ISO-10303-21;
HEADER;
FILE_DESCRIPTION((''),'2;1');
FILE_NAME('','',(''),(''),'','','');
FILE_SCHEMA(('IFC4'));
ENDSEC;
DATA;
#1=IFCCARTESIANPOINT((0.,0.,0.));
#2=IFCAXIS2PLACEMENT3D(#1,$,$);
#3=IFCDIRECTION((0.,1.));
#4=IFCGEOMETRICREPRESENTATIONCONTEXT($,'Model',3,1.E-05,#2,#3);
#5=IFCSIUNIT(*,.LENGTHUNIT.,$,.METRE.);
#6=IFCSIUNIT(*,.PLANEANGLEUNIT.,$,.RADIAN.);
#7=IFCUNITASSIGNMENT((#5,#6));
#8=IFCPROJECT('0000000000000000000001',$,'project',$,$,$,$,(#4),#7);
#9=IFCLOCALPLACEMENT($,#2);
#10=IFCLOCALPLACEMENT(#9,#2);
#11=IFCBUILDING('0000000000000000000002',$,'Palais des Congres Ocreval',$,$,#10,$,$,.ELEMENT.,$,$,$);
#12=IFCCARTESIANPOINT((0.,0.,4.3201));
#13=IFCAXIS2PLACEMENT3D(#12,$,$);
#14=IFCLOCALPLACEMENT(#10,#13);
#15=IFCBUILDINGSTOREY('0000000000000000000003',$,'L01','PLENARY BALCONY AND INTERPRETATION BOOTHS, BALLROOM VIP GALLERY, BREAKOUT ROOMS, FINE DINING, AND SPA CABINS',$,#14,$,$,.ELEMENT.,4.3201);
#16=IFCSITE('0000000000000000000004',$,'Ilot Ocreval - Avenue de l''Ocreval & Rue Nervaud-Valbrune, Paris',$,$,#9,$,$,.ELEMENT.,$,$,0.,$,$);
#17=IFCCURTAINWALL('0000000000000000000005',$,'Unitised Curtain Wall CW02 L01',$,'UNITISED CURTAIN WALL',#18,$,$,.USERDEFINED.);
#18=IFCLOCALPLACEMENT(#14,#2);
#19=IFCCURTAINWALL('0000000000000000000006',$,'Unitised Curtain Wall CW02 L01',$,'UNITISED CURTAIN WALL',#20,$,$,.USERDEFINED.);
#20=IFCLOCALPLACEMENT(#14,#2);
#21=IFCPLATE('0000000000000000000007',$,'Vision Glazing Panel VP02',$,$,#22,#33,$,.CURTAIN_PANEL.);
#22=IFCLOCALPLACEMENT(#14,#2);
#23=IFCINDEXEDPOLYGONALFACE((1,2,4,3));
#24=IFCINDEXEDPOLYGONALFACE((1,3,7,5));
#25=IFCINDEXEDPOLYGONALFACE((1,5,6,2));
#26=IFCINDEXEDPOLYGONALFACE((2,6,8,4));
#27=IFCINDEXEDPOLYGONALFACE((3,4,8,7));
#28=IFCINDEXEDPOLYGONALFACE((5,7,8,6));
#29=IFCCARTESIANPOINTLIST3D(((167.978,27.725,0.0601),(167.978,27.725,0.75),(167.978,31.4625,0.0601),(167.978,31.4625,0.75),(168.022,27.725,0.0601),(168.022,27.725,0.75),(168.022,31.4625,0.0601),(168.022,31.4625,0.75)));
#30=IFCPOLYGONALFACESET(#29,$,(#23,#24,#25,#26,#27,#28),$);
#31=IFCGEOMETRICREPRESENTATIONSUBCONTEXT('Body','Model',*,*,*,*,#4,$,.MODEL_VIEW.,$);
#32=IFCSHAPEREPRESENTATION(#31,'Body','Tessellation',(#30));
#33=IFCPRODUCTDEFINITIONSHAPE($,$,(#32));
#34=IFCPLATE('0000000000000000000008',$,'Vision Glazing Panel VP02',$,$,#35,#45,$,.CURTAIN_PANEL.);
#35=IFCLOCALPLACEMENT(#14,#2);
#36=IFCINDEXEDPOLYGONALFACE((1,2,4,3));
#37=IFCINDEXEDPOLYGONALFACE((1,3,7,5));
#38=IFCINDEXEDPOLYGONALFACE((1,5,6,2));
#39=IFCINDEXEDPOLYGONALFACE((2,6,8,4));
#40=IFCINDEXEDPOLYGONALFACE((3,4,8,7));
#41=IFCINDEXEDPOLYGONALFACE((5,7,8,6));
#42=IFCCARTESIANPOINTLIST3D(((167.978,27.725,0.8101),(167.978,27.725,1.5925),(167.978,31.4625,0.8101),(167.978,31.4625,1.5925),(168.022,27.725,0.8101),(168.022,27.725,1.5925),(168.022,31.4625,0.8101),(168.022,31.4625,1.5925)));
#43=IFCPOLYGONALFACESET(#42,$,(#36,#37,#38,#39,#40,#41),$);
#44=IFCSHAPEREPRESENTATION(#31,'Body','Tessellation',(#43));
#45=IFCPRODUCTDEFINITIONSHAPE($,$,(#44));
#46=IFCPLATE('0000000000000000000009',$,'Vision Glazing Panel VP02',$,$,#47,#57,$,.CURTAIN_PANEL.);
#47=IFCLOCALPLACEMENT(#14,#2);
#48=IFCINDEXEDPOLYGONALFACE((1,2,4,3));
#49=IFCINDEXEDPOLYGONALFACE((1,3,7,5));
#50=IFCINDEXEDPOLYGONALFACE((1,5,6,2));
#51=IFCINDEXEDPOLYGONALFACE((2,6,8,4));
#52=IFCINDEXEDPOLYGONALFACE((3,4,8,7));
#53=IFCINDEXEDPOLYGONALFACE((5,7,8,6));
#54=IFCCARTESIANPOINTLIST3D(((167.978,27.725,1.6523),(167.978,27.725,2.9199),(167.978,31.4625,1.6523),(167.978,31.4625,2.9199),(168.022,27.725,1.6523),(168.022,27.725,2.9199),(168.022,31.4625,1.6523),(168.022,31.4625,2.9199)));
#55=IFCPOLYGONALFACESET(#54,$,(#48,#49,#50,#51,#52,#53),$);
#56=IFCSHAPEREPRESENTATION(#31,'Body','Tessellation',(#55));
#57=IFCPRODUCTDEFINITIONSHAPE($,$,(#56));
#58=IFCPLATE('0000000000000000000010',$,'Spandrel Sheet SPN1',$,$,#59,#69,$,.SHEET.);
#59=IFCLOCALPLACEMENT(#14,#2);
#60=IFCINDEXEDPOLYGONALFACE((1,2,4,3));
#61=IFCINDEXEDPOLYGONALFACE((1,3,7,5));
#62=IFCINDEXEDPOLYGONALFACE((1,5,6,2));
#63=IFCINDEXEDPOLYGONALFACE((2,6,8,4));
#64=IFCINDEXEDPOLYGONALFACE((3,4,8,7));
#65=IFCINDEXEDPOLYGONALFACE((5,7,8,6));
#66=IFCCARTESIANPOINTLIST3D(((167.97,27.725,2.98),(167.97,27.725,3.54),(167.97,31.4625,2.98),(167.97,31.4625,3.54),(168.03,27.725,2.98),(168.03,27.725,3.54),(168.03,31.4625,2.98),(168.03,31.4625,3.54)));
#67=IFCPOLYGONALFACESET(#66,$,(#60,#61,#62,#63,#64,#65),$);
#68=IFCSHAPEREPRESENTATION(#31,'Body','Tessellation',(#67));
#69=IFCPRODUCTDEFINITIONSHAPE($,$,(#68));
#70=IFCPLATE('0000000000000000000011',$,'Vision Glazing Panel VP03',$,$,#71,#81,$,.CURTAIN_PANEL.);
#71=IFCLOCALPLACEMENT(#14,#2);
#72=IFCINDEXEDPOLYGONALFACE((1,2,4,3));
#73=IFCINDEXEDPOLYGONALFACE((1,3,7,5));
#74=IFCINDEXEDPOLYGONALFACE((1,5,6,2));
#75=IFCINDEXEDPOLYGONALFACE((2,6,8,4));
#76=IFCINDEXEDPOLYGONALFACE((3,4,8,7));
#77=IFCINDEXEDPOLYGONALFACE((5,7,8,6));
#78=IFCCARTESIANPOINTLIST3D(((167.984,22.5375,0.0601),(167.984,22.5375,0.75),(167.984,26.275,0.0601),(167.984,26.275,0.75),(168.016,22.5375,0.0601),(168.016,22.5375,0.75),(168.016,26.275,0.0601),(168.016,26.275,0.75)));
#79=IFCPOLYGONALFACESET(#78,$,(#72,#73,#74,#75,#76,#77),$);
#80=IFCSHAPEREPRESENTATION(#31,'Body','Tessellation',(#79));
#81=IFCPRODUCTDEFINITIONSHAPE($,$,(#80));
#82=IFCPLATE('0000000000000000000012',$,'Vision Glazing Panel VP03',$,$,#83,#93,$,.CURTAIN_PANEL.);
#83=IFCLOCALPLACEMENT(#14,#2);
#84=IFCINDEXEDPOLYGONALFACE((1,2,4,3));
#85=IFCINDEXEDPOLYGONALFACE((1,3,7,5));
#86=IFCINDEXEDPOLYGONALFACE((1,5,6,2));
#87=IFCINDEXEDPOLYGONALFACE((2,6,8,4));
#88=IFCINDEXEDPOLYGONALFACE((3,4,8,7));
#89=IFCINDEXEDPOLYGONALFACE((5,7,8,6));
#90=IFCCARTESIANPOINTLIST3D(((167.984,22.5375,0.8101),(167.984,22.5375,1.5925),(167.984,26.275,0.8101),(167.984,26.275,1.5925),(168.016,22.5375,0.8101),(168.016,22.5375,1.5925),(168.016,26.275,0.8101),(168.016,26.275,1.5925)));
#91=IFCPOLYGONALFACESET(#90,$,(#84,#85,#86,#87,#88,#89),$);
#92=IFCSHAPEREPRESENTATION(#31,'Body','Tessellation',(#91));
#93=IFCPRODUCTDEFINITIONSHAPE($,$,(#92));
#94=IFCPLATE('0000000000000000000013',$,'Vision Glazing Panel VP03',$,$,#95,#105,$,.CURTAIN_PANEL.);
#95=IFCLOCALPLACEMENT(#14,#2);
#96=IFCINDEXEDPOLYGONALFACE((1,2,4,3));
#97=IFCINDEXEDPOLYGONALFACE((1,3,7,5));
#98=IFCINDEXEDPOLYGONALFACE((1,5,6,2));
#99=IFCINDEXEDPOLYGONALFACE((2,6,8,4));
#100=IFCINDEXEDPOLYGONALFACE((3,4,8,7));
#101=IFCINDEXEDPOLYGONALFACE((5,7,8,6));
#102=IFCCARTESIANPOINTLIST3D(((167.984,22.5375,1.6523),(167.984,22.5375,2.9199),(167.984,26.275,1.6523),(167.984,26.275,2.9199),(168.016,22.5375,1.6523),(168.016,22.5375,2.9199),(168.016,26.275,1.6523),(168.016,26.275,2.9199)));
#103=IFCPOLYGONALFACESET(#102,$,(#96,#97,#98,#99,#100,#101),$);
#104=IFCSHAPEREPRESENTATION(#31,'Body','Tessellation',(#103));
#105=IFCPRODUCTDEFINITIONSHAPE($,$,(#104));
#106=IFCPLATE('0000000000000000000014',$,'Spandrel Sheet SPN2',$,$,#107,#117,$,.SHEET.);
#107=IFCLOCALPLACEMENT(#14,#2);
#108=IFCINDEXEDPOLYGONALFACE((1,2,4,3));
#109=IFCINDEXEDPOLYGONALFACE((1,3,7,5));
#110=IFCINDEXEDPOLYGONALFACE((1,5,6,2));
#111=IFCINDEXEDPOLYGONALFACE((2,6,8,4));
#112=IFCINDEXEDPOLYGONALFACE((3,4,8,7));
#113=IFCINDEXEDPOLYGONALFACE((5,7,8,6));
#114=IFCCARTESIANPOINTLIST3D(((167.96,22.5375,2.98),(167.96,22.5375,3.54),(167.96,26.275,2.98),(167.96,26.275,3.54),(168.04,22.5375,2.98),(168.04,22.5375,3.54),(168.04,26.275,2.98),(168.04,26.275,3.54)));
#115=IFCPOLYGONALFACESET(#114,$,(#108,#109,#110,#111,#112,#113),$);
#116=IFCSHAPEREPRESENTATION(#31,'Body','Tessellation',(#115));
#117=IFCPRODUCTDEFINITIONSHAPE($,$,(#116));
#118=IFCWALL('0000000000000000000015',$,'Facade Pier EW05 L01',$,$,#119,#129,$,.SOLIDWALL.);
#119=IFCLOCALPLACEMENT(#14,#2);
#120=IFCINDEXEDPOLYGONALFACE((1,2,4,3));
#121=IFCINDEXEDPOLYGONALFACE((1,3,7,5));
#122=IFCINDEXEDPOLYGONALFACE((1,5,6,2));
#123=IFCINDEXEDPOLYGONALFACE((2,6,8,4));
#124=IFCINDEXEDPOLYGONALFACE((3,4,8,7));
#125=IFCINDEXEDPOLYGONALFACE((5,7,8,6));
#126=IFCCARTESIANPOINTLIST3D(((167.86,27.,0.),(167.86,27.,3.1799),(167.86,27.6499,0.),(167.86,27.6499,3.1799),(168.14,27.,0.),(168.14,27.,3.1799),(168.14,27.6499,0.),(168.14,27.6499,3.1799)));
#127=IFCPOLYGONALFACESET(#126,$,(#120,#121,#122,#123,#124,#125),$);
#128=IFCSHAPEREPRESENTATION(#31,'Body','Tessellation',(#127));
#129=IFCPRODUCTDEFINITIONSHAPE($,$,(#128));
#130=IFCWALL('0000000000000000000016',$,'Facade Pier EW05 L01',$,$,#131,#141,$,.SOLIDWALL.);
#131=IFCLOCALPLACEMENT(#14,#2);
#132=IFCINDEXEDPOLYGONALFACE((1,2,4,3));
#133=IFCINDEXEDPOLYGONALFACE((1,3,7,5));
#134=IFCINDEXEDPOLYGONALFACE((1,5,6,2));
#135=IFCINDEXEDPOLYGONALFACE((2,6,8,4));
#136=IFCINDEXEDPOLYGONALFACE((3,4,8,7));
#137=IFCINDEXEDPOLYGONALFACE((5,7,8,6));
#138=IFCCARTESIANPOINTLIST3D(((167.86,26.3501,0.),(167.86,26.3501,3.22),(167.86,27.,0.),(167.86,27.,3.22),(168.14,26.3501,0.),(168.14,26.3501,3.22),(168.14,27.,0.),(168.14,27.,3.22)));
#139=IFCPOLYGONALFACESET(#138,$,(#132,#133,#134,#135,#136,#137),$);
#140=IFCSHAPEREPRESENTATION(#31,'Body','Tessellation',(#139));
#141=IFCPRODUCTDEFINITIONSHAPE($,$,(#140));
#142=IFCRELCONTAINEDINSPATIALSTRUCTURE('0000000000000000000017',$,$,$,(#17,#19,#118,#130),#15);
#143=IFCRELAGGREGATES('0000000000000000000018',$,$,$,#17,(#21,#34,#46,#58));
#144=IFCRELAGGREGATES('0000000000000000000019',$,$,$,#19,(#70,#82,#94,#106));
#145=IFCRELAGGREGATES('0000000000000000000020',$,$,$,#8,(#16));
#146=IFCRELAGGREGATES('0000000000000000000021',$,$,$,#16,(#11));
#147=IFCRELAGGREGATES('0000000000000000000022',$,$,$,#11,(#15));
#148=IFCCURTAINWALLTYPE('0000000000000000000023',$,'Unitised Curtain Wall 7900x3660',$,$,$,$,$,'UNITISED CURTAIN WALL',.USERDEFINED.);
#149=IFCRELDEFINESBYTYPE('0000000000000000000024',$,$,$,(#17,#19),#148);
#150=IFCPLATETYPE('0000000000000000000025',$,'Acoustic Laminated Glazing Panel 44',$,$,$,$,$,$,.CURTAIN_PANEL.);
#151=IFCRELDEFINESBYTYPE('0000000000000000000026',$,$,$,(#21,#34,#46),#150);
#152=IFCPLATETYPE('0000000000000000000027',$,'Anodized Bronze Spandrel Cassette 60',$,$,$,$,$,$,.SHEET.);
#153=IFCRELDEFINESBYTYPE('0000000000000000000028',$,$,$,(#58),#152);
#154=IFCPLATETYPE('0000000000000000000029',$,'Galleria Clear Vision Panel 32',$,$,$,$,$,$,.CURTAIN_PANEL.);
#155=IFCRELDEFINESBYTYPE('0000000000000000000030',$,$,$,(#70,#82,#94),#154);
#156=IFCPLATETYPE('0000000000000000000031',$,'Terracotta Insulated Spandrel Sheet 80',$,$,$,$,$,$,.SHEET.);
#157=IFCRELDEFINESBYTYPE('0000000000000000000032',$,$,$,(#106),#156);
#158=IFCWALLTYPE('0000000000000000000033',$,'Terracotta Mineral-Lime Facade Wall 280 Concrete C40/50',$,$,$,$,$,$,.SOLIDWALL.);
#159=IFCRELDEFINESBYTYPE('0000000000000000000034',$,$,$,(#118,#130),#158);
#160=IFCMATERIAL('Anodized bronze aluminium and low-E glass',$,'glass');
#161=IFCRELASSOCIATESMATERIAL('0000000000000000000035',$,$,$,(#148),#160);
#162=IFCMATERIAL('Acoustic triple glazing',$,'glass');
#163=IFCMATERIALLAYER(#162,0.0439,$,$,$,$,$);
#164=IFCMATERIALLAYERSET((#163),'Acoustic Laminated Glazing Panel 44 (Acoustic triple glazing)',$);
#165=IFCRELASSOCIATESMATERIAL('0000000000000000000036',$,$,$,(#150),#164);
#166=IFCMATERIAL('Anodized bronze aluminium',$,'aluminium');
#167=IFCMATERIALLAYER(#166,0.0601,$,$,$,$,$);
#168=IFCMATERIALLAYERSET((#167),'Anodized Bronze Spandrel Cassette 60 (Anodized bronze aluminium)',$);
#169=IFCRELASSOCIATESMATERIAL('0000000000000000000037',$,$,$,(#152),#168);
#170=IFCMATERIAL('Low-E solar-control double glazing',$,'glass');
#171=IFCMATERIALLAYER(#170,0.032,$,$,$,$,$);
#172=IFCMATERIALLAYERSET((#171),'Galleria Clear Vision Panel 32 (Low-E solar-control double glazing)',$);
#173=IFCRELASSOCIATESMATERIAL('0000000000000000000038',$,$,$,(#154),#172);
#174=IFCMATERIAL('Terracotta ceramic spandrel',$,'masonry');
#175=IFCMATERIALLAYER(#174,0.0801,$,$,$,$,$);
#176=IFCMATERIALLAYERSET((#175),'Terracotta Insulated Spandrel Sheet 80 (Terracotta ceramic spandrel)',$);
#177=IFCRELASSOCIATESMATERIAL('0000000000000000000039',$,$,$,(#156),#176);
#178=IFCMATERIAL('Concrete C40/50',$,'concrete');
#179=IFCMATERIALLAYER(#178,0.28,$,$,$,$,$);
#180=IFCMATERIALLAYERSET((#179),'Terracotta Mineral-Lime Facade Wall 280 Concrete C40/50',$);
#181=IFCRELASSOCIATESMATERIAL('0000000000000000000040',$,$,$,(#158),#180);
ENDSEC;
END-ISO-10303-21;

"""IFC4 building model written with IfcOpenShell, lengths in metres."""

from ifc_helpers import new_model, si_unit, direction, frame, frame_2d, origin, origin_2d, place, context, subcontext, project, spatial, rectangle, extrude, material, layer, layer_set, type_object, element, aggregate, save


model = new_model("IFC4")

# Units and contexts
model_context = context("Model", 3, precision=1e-05, world=origin(), true_north=direction((0.0, 1.0)))
body_context = subcontext(model_context, "Body", "Model", "MODEL_VIEW")
ifc_project = project(units=[si_unit("LENGTHUNIT", "METRE"), si_unit("PLANEANGLEUNIT", "RADIAN")], contexts=[model_context])

# Site, building, storey
site_placement = place(None, origin())
site = spatial("IfcSite", under=ifc_project, at=site_placement, Name="Ilot Ocreval - Avenue de l'Ocreval & Rue Nervaud-Valbrune, Paris", CompositionType="ELEMENT", RefElevation=0.0)
building_placement = place(site_placement, origin())
building = spatial("IfcBuilding", under=site, at=building_placement, Name="Palais des Congres Ocreval", CompositionType="ELEMENT")
storey_placement = place(building_placement, frame((0.0, 0.0, 4.3201)))
storey = spatial("IfcBuildingStorey", under=building, at=storey_placement, Name="L01", Description="PLENARY BALCONY AND INTERPRETATION BOOTHS, BALLROOM VIP GALLERY, BREAKOUT ROOMS, FINE DINING, AND SPA CABINS", CompositionType="ELEMENT", Elevation=4.3201)

# Curtain wall
ifc_material_1 = material(Name="Anodized bronze aluminium and low-E glass", Category="glass")
curtain_wall_type = type_object("IfcCurtainWallType", Name="Unitised Curtain Wall 7900x3660", ElementType="UNITISED CURTAIN WALL", PredefinedType="USERDEFINED", material=ifc_material_1)
curtain_wall_1_placement = place(storey_placement, origin())
curtain_wall_1 = element("IfcCurtainWall", 1, at=curtain_wall_1_placement, inside=storey, type_object=curtain_wall_type, Name="Unitised Curtain Wall CW02 L01", ObjectType="UNITISED CURTAIN WALL", PredefinedType="USERDEFINED")
ifc_material_2 = material(Name="Anodized bronze aluminium", Category="aluminium")

# Curtain wall
curtain_wall_2_placement = place(storey_placement, origin())
curtain_wall_2 = element("IfcCurtainWall", 2, at=curtain_wall_2_placement, inside=storey, type_object=curtain_wall_type, Name="Unitised Curtain Wall CW02 L01", ObjectType="UNITISED CURTAIN WALL", PredefinedType="USERDEFINED")

# Plates
ifc_material_3 = material(Name="Acoustic triple glazing", Category="glass")
ifc_layer_1 = layer(ifc_material_3, 0.0439)
ifc_layer_set_1 = layer_set([ifc_layer_1], Name="Acoustic Laminated Glazing Panel 44 (Acoustic triple glazing)")
plate_type_1 = type_object("IfcPlateType", Name="Acoustic Laminated Glazing Panel 44", PredefinedType="CURTAIN_PANEL", material=ifc_layer_set_1)
plate_1_placement = place(storey_placement, frame((168.0, 29.5938, 0.0601), z_axis=(0.0, 0.0, 1.0), x_axis=(0.0, -1.0, 0.0)))
plate_1 = element("IfcPlate", 3, at=plate_1_placement, type_object=plate_type_1, Name="Vision Glazing Panel VP02", PredefinedType="CURTAIN_PANEL", context=body_context, shape_type="SweptSolid", body=[
    extrude(rectangle(XDim=3.7375, YDim=0.0439, at=origin_2d()), origin(), (0.0, 0.0, 1.0), 0.6899),
])
plate_2_placement = place(storey_placement, frame((168.0, 29.5938, 0.8101), z_axis=(0.0, 0.0, 1.0), x_axis=(0.0, -1.0, 0.0)))
plate_2 = element("IfcPlate", 4, at=plate_2_placement, type_object=plate_type_1, Name="Vision Glazing Panel VP02", PredefinedType="CURTAIN_PANEL", context=body_context, shape_type="SweptSolid", body=[
    extrude(rectangle(XDim=3.7375, YDim=0.0439, at=origin_2d()), origin(), (0.0, 0.0, 1.0), 0.7825),
])
plate_3_placement = place(storey_placement, frame((168.0, 29.5938, 1.6523), z_axis=(0.0, 0.0, 1.0), x_axis=(0.0, -1.0, 0.0)))
plate_3 = element("IfcPlate", 5, at=plate_3_placement, type_object=plate_type_1, Name="Vision Glazing Panel VP02", PredefinedType="CURTAIN_PANEL", context=body_context, shape_type="SweptSolid", body=[
    extrude(rectangle(XDim=3.7375, YDim=0.0439, at=origin_2d()), origin(), (0.0, 0.0, 1.0), 1.2676),
])
ifc_layer_2 = layer(ifc_material_2, 0.0601)
ifc_layer_set_2 = layer_set([ifc_layer_2], Name="Anodized Bronze Spandrel Cassette 60 (Anodized bronze aluminium)")
plate_type_2 = type_object("IfcPlateType", Name="Anodized Bronze Spandrel Cassette 60", PredefinedType="SHEET", material=ifc_layer_set_2)
plate_4_placement = place(storey_placement, frame((168.0, 29.5938, 2.98), z_axis=(0.0, 0.0, 1.0), x_axis=(0.0, -1.0, 0.0)))
plate_4 = element("IfcPlate", 6, at=plate_4_placement, type_object=plate_type_2, Name="Spandrel Sheet SPN1", PredefinedType="SHEET", context=body_context, shape_type="SweptSolid", body=[
    extrude(rectangle(XDim=3.7375, YDim=0.0601, at=origin_2d()), origin(), (0.0, 0.0, 1.0), 0.5601),
])
aggregate(curtain_wall_1, [plate_1, plate_2, plate_3, plate_4])
ifc_material_4 = material(Name="Low-E solar-control double glazing", Category="glass")
ifc_layer_3 = layer(ifc_material_4, 0.032)
ifc_layer_set_3 = layer_set([ifc_layer_3], Name="Galleria Clear Vision Panel 32 (Low-E solar-control double glazing)")
plate_type_3 = type_object("IfcPlateType", Name="Galleria Clear Vision Panel 32", PredefinedType="CURTAIN_PANEL", material=ifc_layer_set_3)
plate_5_placement = place(storey_placement, frame((168.0, 24.4062, 0.0601), z_axis=(0.0, 0.0, 1.0), x_axis=(0.0, -1.0, 0.0)))
plate_5 = element("IfcPlate", 7, at=plate_5_placement, type_object=plate_type_3, Name="Vision Glazing Panel VP03", PredefinedType="CURTAIN_PANEL", context=body_context, shape_type="SweptSolid", body=[
    extrude(rectangle(XDim=3.7375, YDim=0.032, at=origin_2d()), origin(), (0.0, 0.0, 1.0), 0.6899),
])
plate_6_placement = place(storey_placement, frame((168.0, 24.4062, 0.8101), z_axis=(0.0, 0.0, 1.0), x_axis=(0.0, -1.0, 0.0)))
plate_6 = element("IfcPlate", 8, at=plate_6_placement, type_object=plate_type_3, Name="Vision Glazing Panel VP03", PredefinedType="CURTAIN_PANEL", context=body_context, shape_type="SweptSolid", body=[
    extrude(rectangle(XDim=3.7375, YDim=0.032, at=origin_2d()), origin(), (0.0, 0.0, 1.0), 0.7825),
])
plate_7_placement = place(storey_placement, frame((168.0, 24.4062, 1.6523), z_axis=(0.0, 0.0, 1.0), x_axis=(0.0, -1.0, 0.0)))
plate_7 = element("IfcPlate", 9, at=plate_7_placement, type_object=plate_type_3, Name="Vision Glazing Panel VP03", PredefinedType="CURTAIN_PANEL", context=body_context, shape_type="SweptSolid", body=[
    extrude(rectangle(XDim=3.7375, YDim=0.032, at=origin_2d()), origin(), (0.0, 0.0, 1.0), 1.2676),
])
ifc_material_5 = material(Name="Terracotta ceramic spandrel", Category="masonry")
ifc_layer_4 = layer(ifc_material_5, 0.0801)
ifc_layer_set_4 = layer_set([ifc_layer_4], Name="Terracotta Insulated Spandrel Sheet 80 (Terracotta ceramic spandrel)")
plate_type_4 = type_object("IfcPlateType", Name="Terracotta Insulated Spandrel Sheet 80", PredefinedType="SHEET", material=ifc_layer_set_4)
plate_8_placement = place(storey_placement, frame((168.0, 24.4062, 2.98), z_axis=(0.0, 0.0, 1.0), x_axis=(0.0, -1.0, 0.0)))
plate_8 = element("IfcPlate", 10, at=plate_8_placement, type_object=plate_type_4, Name="Spandrel Sheet SPN2", PredefinedType="SHEET", context=body_context, shape_type="SweptSolid", body=[
    extrude(rectangle(XDim=3.7375, YDim=0.0801, at=origin_2d()), origin(), (0.0, 0.0, 1.0), 0.5601),
])
aggregate(curtain_wall_2, [plate_5, plate_6, plate_7, plate_8])

# Walls
ifc_material_6 = material(Name="Concrete C40/50", Category="concrete")
ifc_layer_5 = layer(ifc_material_6, 0.28)
ifc_layer_set_5 = layer_set([ifc_layer_5], Name="Terracotta Mineral-Lime Facade Wall 280 Concrete C40/50")
wall_type = type_object("IfcWallType", Name="Terracotta Mineral-Lime Facade Wall 280 Concrete C40/50", PredefinedType="SOLIDWALL", material=ifc_layer_set_5)
wall_1_placement = place(storey_placement, frame((168.0, 27.6499, 0.0), z_axis=(0.0, 0.0, 1.0), x_axis=(0.0, -1.0, 0.0)))
element("IfcWall", 11, at=wall_1_placement, inside=storey, type_object=wall_type, Name="Facade Pier EW05 L01", PredefinedType="SOLIDWALL", context=body_context, shape_type="SweptSolid", body=[
    extrude(rectangle(XDim=0.6499, YDim=0.28, at=frame_2d((0.325, 0.0))), origin(), (0.0, 0.0, 1.0), 3.1799),
])
wall_2_placement = place(storey_placement, frame((168.0, 27.0, 0.0), z_axis=(0.0, 0.0, 1.0), x_axis=(0.0, -1.0, 0.0)))
element("IfcWall", 12, at=wall_2_placement, inside=storey, type_object=wall_type, Name="Facade Pier EW05 L01", PredefinedType="SOLIDWALL", context=body_context, shape_type="SweptSolid", body=[
    extrude(rectangle(XDim=0.6499, YDim=0.28, at=frame_2d((0.325, 0.0))), origin(), (0.0, 0.0, 1.0), 3.22),
])

save(model, "model.ifc")
